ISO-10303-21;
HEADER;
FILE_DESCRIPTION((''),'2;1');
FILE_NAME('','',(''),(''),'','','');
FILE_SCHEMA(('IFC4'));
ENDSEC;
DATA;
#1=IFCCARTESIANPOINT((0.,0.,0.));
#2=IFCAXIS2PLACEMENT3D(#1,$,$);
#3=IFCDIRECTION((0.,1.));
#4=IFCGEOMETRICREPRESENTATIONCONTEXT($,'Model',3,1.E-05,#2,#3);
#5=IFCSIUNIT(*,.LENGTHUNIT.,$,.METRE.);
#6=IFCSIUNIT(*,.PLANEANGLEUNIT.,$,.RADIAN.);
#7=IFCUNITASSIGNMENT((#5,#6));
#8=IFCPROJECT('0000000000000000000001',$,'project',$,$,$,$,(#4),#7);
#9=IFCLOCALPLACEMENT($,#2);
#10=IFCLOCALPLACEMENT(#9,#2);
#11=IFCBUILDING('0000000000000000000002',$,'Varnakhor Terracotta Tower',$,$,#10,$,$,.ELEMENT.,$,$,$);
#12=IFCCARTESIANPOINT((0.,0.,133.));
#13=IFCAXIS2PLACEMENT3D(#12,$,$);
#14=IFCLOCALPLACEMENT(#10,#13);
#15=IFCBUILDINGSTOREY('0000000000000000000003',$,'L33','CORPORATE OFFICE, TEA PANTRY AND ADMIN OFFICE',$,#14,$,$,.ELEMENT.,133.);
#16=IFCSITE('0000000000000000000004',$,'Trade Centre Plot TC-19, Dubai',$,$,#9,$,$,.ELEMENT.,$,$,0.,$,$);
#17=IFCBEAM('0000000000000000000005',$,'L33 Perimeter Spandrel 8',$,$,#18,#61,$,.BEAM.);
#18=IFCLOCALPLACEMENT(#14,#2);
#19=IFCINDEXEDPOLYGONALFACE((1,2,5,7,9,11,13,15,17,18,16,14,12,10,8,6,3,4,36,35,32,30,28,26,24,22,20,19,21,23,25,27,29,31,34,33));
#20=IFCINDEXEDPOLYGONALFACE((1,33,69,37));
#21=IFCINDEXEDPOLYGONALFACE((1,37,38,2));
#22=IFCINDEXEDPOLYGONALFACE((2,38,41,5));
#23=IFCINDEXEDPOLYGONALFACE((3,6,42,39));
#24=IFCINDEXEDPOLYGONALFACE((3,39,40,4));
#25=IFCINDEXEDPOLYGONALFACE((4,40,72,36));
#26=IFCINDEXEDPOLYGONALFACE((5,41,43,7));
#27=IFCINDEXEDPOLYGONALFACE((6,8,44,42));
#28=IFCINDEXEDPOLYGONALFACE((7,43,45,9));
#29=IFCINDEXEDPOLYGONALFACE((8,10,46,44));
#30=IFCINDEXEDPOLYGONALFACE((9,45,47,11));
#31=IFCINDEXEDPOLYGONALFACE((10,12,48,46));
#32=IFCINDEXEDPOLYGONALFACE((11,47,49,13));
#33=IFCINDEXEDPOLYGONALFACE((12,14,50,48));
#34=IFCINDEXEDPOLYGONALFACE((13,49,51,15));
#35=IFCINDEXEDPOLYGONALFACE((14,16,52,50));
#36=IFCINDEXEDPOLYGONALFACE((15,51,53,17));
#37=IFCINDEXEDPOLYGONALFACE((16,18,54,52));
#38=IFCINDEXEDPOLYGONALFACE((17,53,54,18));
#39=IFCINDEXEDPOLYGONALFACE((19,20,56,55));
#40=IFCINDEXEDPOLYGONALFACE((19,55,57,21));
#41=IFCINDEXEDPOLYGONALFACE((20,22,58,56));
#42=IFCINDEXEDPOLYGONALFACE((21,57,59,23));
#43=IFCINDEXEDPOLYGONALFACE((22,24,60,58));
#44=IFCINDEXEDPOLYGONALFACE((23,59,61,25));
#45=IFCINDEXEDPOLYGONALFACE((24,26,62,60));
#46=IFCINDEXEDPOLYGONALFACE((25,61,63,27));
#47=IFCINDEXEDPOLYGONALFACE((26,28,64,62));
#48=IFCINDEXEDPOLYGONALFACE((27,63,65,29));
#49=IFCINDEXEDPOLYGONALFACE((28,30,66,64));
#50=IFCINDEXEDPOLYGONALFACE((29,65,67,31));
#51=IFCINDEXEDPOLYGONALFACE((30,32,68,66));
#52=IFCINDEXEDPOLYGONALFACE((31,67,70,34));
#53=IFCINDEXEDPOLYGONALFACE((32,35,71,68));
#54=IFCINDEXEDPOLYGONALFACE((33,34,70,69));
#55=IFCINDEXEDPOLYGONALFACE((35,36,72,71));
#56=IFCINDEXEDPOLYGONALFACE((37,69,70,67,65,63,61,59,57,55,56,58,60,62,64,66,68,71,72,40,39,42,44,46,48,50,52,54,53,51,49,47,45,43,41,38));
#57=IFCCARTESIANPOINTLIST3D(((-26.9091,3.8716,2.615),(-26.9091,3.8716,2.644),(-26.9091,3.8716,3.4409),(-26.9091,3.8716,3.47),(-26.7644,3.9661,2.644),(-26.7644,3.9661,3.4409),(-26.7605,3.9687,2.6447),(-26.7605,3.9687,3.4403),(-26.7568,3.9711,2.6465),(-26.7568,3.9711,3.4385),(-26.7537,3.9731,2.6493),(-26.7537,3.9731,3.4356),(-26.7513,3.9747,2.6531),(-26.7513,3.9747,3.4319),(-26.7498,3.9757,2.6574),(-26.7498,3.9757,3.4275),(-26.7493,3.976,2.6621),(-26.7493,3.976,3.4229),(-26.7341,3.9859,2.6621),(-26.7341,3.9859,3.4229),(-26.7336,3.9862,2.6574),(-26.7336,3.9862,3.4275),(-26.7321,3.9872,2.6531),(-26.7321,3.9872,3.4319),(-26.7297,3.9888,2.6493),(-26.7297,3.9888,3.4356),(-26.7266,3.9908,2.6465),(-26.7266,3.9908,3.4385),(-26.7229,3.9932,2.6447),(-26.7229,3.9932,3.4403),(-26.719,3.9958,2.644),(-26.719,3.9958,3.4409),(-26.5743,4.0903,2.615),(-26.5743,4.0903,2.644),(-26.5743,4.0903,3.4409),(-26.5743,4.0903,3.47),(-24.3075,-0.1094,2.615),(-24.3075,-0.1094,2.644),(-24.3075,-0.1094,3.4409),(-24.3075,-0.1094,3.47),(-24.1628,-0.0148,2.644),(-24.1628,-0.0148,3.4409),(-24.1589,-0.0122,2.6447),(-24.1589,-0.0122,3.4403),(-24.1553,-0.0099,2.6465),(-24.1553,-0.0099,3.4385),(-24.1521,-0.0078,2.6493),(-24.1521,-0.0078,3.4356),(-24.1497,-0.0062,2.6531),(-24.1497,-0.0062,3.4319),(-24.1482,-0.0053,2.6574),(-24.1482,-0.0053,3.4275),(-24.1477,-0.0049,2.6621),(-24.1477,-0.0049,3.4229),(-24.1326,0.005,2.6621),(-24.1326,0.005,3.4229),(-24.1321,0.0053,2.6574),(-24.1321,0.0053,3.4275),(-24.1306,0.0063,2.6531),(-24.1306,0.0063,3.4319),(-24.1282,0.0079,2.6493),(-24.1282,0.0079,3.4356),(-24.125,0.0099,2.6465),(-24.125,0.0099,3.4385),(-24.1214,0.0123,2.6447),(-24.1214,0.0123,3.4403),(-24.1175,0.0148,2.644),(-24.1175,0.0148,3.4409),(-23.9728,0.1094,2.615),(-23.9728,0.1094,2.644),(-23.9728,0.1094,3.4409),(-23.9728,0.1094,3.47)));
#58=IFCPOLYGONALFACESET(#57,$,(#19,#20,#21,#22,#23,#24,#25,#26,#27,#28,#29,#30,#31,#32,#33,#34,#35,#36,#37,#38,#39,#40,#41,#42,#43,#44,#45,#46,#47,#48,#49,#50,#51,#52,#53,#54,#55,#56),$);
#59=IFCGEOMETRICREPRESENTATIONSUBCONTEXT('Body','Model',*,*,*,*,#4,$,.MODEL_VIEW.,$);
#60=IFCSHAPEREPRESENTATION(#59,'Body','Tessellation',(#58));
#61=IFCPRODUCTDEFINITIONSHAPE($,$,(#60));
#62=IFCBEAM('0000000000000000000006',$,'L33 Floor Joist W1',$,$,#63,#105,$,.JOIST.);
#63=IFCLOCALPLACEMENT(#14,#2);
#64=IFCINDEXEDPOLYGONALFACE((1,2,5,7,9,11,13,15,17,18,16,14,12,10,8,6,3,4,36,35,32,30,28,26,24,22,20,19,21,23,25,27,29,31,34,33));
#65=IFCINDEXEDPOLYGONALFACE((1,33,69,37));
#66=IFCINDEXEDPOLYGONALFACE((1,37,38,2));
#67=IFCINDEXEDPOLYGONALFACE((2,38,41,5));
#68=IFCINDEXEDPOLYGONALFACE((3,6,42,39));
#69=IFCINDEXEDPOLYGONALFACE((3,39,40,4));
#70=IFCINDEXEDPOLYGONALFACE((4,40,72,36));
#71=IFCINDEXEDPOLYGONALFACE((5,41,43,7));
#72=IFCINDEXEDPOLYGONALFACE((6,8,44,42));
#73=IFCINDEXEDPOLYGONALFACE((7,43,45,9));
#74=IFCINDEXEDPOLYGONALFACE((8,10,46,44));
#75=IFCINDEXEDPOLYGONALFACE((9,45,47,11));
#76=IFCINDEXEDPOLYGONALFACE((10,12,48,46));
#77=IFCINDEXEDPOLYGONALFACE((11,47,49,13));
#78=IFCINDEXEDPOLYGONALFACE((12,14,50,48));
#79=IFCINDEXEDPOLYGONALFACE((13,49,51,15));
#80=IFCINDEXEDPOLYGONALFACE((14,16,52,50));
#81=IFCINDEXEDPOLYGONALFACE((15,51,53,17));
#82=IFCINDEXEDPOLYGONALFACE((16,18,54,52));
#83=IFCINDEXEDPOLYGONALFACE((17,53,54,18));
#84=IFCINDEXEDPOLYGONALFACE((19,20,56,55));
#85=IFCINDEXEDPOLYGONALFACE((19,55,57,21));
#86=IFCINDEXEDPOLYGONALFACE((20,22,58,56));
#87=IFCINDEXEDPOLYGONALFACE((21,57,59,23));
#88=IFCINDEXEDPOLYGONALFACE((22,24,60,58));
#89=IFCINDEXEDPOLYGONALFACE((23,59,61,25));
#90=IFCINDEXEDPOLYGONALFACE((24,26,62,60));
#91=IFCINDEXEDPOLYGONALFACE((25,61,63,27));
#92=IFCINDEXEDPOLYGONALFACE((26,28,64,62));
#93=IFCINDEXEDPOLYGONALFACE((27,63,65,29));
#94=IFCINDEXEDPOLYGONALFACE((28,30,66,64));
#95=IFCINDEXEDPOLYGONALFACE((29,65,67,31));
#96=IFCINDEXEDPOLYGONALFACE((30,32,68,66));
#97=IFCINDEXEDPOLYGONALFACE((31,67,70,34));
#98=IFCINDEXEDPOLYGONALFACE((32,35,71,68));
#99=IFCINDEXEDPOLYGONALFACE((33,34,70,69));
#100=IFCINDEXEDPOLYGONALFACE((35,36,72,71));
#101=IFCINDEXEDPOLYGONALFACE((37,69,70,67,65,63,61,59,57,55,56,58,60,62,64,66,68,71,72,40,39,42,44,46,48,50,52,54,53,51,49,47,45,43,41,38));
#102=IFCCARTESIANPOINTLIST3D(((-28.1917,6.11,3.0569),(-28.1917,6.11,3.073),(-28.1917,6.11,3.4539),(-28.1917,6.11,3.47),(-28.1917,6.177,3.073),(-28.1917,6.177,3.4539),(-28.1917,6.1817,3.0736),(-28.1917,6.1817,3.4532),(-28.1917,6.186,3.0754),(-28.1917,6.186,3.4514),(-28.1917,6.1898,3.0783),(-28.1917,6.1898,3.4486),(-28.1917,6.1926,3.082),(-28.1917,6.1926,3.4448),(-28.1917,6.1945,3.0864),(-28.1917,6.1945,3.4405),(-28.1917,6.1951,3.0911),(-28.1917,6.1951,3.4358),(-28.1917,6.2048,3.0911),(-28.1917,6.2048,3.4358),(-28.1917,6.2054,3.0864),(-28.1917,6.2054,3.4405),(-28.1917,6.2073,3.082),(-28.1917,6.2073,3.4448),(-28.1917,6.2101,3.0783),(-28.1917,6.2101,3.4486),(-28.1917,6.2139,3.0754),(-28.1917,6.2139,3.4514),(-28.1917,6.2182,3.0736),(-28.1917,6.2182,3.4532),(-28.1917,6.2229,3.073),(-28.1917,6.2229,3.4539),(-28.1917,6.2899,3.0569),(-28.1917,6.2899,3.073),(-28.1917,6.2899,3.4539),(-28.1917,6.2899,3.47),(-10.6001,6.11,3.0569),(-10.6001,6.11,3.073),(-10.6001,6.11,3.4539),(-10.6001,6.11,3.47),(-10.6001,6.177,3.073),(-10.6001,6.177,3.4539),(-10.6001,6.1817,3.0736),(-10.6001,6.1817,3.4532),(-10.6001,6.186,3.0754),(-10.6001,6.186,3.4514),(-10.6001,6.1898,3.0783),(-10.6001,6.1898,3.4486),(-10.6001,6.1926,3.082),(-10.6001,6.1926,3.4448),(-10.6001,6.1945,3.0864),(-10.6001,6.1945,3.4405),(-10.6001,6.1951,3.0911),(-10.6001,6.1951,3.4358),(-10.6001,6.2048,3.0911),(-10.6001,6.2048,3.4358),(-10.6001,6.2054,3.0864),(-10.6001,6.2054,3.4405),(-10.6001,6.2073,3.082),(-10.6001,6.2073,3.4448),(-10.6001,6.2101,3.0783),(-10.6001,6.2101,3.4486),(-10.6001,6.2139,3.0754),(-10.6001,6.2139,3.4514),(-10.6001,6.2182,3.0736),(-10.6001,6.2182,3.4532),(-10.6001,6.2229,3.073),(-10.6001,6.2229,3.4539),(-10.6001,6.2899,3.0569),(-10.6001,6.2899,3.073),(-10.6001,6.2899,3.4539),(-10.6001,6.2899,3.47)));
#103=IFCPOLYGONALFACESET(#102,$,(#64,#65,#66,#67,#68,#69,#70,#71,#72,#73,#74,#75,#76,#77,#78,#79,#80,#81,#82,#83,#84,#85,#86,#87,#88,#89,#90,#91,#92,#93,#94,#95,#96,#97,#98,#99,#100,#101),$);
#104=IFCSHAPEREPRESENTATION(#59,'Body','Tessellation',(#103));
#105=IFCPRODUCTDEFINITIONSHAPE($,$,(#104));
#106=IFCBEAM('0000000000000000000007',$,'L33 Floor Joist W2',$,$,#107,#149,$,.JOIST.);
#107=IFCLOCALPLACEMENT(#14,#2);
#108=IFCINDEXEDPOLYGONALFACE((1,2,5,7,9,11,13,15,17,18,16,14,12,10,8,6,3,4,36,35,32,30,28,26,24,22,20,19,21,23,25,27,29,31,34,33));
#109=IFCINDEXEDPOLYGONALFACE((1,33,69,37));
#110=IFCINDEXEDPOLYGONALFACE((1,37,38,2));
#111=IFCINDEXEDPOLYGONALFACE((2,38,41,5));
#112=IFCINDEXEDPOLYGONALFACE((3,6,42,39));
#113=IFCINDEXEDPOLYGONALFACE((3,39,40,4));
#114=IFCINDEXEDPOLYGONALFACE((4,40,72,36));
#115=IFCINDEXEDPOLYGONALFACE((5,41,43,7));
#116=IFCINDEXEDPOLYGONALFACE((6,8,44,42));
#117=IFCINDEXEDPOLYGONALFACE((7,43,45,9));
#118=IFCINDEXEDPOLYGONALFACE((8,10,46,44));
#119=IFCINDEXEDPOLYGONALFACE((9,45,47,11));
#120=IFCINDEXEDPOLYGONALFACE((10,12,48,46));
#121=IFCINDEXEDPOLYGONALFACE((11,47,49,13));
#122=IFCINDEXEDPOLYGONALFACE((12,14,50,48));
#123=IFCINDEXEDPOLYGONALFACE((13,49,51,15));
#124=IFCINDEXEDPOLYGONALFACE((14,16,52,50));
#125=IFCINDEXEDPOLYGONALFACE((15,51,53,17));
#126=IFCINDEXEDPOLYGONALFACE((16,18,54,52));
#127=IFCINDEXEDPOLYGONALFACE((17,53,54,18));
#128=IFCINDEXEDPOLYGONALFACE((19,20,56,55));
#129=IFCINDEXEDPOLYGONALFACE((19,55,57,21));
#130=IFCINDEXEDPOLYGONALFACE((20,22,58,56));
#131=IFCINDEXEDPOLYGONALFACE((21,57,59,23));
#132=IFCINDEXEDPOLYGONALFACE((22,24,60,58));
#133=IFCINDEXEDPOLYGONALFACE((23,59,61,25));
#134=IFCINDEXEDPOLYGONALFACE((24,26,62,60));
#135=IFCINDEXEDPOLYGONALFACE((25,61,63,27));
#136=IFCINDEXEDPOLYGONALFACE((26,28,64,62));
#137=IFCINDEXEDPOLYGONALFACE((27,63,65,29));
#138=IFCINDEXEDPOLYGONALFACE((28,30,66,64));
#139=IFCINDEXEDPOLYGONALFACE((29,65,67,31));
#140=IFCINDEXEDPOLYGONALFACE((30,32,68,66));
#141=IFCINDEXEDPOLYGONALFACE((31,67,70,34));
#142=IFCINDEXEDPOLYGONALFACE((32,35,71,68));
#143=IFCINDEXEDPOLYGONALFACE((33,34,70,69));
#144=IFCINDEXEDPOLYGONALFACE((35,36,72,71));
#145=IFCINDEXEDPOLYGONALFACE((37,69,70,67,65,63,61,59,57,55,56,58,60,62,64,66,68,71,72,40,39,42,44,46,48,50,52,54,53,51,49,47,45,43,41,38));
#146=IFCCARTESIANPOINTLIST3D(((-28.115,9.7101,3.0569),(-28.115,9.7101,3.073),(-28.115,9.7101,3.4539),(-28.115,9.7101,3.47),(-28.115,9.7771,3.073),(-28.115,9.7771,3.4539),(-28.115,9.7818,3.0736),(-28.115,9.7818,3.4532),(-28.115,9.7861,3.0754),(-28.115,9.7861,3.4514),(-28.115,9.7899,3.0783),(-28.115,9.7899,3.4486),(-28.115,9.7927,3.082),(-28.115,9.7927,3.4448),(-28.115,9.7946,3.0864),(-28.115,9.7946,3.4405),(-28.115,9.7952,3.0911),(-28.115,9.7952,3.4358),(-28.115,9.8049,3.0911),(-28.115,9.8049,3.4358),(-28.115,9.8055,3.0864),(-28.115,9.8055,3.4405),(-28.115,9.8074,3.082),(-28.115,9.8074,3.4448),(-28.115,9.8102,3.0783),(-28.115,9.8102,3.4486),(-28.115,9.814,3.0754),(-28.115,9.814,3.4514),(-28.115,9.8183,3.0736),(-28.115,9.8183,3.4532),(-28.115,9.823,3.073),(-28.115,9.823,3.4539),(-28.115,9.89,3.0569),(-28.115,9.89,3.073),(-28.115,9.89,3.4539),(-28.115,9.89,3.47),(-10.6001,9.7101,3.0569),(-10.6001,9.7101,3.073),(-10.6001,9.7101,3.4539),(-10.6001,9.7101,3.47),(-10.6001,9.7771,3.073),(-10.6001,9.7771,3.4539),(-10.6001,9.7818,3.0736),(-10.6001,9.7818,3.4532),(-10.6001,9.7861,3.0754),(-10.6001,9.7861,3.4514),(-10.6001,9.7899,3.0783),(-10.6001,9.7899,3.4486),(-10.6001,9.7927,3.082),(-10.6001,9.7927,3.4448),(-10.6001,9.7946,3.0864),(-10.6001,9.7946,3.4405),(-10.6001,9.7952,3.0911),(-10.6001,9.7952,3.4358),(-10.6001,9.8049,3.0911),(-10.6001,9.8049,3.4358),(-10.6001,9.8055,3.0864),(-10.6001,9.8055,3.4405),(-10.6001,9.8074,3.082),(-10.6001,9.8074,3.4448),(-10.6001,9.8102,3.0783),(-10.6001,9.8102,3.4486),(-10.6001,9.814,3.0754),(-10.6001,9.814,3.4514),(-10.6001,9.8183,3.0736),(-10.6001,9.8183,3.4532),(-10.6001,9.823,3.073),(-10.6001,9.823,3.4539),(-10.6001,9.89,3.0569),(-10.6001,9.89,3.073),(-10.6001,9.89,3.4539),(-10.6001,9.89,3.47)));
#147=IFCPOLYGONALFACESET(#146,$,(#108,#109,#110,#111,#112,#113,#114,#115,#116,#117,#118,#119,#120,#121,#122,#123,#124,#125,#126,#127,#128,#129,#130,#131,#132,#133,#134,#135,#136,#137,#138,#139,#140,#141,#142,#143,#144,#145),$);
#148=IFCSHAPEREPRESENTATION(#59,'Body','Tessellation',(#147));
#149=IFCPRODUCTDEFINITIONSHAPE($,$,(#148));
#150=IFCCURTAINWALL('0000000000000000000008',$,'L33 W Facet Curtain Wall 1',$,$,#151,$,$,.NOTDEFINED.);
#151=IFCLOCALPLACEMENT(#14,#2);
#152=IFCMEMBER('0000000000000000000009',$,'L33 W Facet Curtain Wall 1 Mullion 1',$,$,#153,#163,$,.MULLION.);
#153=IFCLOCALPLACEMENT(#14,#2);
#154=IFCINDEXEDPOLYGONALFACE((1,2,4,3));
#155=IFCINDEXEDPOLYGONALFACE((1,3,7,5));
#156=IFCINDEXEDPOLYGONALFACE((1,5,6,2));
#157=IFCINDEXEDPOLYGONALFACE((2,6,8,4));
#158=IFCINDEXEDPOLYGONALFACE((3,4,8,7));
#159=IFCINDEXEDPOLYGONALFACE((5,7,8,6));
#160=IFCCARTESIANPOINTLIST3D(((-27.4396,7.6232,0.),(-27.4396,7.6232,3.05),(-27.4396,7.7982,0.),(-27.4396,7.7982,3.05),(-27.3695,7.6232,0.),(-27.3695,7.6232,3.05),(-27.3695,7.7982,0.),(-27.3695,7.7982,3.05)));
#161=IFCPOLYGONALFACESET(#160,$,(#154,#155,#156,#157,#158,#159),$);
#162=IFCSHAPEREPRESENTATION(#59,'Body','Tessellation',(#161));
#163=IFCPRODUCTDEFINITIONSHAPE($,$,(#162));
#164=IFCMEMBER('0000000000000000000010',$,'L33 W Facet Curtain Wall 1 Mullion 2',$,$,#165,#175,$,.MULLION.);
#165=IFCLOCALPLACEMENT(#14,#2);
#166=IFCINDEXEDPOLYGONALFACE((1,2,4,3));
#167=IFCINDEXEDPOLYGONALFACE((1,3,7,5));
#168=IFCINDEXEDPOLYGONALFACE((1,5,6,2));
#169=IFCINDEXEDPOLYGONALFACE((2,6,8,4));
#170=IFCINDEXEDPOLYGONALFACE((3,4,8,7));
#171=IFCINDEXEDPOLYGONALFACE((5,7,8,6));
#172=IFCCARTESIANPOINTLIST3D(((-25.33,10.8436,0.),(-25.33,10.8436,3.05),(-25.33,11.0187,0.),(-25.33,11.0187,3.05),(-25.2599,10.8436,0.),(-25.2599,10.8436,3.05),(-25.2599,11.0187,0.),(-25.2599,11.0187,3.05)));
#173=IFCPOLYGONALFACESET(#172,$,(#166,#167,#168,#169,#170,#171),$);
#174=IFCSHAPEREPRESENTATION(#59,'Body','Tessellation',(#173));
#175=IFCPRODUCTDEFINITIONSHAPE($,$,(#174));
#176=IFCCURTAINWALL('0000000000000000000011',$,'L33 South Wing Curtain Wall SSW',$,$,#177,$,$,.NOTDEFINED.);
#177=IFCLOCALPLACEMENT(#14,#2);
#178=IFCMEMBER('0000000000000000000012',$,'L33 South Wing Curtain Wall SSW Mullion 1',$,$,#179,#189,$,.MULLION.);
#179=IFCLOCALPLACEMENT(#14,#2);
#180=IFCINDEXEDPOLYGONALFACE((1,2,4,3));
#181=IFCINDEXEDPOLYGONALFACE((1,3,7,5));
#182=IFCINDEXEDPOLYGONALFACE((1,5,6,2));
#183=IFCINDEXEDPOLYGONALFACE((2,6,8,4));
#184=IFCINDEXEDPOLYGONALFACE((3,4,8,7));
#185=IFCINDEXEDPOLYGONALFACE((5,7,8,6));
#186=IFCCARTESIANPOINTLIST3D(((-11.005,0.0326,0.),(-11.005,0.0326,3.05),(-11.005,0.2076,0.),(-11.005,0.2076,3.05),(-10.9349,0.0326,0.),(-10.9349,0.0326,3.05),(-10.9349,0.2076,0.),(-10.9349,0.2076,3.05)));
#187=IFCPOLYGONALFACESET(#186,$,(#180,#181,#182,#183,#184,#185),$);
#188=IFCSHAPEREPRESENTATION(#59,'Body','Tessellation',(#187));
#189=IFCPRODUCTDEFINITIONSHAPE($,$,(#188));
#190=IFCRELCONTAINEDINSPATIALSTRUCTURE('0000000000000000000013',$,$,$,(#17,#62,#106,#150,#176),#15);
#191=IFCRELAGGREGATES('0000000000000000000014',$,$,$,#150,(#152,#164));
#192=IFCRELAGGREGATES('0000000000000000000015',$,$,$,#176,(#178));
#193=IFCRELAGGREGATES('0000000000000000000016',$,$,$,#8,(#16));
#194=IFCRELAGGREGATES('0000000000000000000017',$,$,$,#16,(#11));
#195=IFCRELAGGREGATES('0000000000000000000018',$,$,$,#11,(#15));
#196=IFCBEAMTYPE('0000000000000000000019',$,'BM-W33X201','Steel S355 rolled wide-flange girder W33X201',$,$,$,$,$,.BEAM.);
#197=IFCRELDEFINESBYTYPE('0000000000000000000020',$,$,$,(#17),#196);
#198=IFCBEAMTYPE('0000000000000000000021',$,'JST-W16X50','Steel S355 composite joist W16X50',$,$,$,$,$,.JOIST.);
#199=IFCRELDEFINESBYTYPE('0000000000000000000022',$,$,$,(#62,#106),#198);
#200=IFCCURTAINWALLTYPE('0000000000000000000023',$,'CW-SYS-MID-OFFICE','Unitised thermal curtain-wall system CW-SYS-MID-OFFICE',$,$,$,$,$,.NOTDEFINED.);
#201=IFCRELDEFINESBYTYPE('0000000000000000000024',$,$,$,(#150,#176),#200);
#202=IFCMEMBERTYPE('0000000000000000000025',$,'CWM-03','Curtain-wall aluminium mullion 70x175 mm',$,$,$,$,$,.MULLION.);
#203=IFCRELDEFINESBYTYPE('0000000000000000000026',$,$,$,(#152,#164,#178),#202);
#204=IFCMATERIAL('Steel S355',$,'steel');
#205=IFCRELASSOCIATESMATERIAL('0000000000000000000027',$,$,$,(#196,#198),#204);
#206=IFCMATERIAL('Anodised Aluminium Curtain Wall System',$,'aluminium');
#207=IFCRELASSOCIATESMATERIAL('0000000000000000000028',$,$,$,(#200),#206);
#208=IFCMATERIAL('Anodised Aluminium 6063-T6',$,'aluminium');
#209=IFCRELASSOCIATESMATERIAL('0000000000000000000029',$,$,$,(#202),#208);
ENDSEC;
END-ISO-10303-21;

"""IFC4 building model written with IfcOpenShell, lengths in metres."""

from ifc_helpers import new_model, si_unit, direction, frame, origin, origin_2d, place, context, subcontext, project, spatial, rectangle, i_section, extrude, source, transform, mapped, material, material_profile, profile_set, type_object, element, aggregate, save


model = new_model("IFC4")

# Units and contexts
model_context = context("Model", 3, precision=1e-05, world=origin(), true_north=direction((0.0, 1.0)))
body_context = subcontext(model_context, "Body", "Model", "MODEL_VIEW")
ifc_project = project(units=[si_unit("LENGTHUNIT", "METRE"), si_unit("PLANEANGLEUNIT", "RADIAN")], contexts=[model_context])

# Site, building, storey
site_placement = place(None, origin())
site = spatial("IfcSite", under=ifc_project, at=site_placement, Name="Trade Centre Plot TC-19, Dubai", CompositionType="ELEMENT", RefElevation=0.0)
building_placement = place(site_placement, origin())
building = spatial("IfcBuilding", under=site, at=building_placement, Name="Varnakhor Terracotta Tower", CompositionType="ELEMENT")
storey_placement = place(building_placement, frame((0.0, 0.0, 133.0)))
storey = spatial("IfcBuildingStorey", under=building, at=storey_placement, Name="L33", Description="CORPORATE OFFICE, TEA PANTRY AND ADMIN OFFICE", CompositionType="ELEMENT", Elevation=133.0)

# Beams
ifc_material_1 = material(Name="Steel S355", Category="steel")
ifc_material_profile_1 = material_profile(ifc_material_1, i_section(OverallWidth=0.3999, OverallDepth=0.855, WebThickness=0.0181, FlangeThickness=0.0291, FilletRadius=0.0181, at=origin_2d()), Name="W33X201")
ifc_profile_set_1 = profile_set([ifc_material_profile_1], Name="Steel S355")
beam_type_1 = type_object("IfcBeamType", Name="BM-W33X201", Description="Steel S355 rolled wide-flange girder W33X201", PredefinedType="BEAM", material=ifc_profile_set_1)
shared_shape_1 = source(origin(), body_context, "Body", "SweptSolid", [
    extrude(i_section(OverallWidth=0.3999, OverallDepth=0.855, WebThickness=0.0181, FlangeThickness=0.0291, FilletRadius=0.0181, at=origin_2d()), origin(), (0.0, 0.0, 1.0), 4.7556),
])
for number, where, z_axis, x_axis, name in (
    (1, (-26.7417, 3.981, 3.0425), (0.547047, -0.837102, 0.0), (0.837102, 0.547047, 0.0), "L33 Perimeter Spandrel 8"),
):
    element("IfcBeam", number, at=place(storey_placement, frame(where, z_axis=z_axis, x_axis=x_axis)), inside=storey, type_object=beam_type_1, Name=name, PredefinedType="BEAM", context=body_context, shape_type="MappedRepresentation", body=[
        mapped(shared_shape_1, transform((0.0, 0.0, 0.0), scale=1.0)),
    ])
ifc_material_profile_2 = material_profile(ifc_material_1, i_section(OverallWidth=0.1799, OverallDepth=0.4131, WebThickness=0.0098, FlangeThickness=0.0161, FilletRadius=0.0181, at=origin_2d()), Name="W16X50")
ifc_profile_set_2 = profile_set([ifc_material_profile_2], Name="Steel S355")
beam_type_2 = type_object("IfcBeamType", Name="JST-W16X50", Description="Steel S355 composite joist W16X50", PredefinedType="JOIST", material=ifc_profile_set_2)
shared_shape_2 = source(origin(), body_context, "Body", "SweptSolid", [
    extrude(i_section(OverallWidth=0.1799, OverallDepth=0.4131, WebThickness=0.0098, FlangeThickness=0.0161, FilletRadius=0.0181, at=origin_2d()), origin(), (0.0, 0.0, 1.0), 17.5916),
])
beam_1_placement = place(storey_placement, frame((-28.1917, 6.2, 3.2634), z_axis=(1.0, 0.0, 0.0), x_axis=(0.0, 1.0, 0.0)))
element("IfcBeam", 2, at=beam_1_placement, inside=storey, type_object=beam_type_2, Name="L33 Floor Joist W1", PredefinedType="JOIST", context=body_context, shape_type="MappedRepresentation", body=[
    mapped(shared_shape_2, transform((0.0, 0.0, 0.0), scale=1.0)),
])
shared_shape_3 = source(origin(), body_context, "Body", "SweptSolid", [
    extrude(i_section(OverallWidth=0.1799, OverallDepth=0.4131, WebThickness=0.0098, FlangeThickness=0.0161, FilletRadius=0.0181, at=origin_2d()), origin(), (0.0, 0.0, 1.0), 17.5149),
])
beam_2_placement = place(storey_placement, frame((-28.115, 9.8, 3.2634), z_axis=(1.0, 0.0, 0.0), x_axis=(0.0, 1.0, 0.0)))
element("IfcBeam", 3, at=beam_2_placement, inside=storey, type_object=beam_type_2, Name="L33 Floor Joist W2", PredefinedType="JOIST", context=body_context, shape_type="MappedRepresentation", body=[
    mapped(shared_shape_3, transform((0.0, 0.0, 0.0), scale=1.0)),
])

# Curtain walls, members
ifc_material_2 = material(Name="Anodised Aluminium Curtain Wall System", Category="aluminium")
curtain_wall_type = type_object("IfcCurtainWallType", Name="CW-SYS-MID-OFFICE", Description="Unitised thermal curtain-wall system CW-SYS-MID-OFFICE", PredefinedType="NOTDEFINED", material=ifc_material_2)
curtain_wall_1_placement = place(storey_placement, origin())
curtain_wall_1 = element("IfcCurtainWall", 4, at=curtain_wall_1_placement, inside=storey, type_object=curtain_wall_type, Name="L33 W Facet Curtain Wall 1", PredefinedType="NOTDEFINED")
ifc_material_3 = material(Name="Anodised Aluminium 6063-T6", Category="aluminium")
ifc_material_profile_3 = material_profile(ifc_material_3, rectangle(XDim=0.0701, YDim=0.175, at=origin_2d()), Name="ALU MULLION 70x175")
ifc_profile_set_3 = profile_set([ifc_material_profile_3], Name="Anodised Aluminium 6063-T6")
member_type_1 = type_object("IfcMemberType", Name="CWM-03", Description="Curtain-wall aluminium mullion 70x175 mm", PredefinedType="MULLION", material=ifc_profile_set_3)
shared_shape_4 = source(origin(), body_context, "Body", "SweptSolid", [
    extrude(rectangle(XDim=0.0701, YDim=0.175, at=origin_2d()), origin(), (0.0, 0.0, 1.0), 3.05),
])
member_1_placement = place(storey_placement, frame((-27.4045, 7.7107, 0.0), z_axis=(0.0, 0.0, 1.0), x_axis=(1.0, 0.0, 0.0)))
member_1 = element("IfcMember", 5, at=member_1_placement, type_object=member_type_1, Name="L33 W Facet Curtain Wall 1 Mullion 1", PredefinedType="MULLION", context=body_context, shape_type="MappedRepresentation", body=[
    mapped(shared_shape_4, transform((0.0, 0.0, 0.0), scale=1.0)),
])
member_2_placement = place(storey_placement, frame((-25.2949, 10.9312, 0.0), z_axis=(0.0, 0.0, 1.0), x_axis=(1.0, 0.0, 0.0)))
member_2 = element("IfcMember", 6, at=member_2_placement, type_object=member_type_1, Name="L33 W Facet Curtain Wall 1 Mullion 2", PredefinedType="MULLION", context=body_context, shape_type="MappedRepresentation", body=[
    mapped(shared_shape_4, transform((0.0, 0.0, 0.0), scale=1.0)),
])
curtain_wall_2_placement = place(storey_placement, origin())
curtain_wall_2 = element("IfcCurtainWall", 7, at=curtain_wall_2_placement, inside=storey, type_object=curtain_wall_type, Name="L33 South Wing Curtain Wall SSW", PredefinedType="NOTDEFINED")
member_3_placement = place(storey_placement, frame((-10.97, 0.1201, 0.0), z_axis=(0.0, 0.0, 1.0), x_axis=(1.0, 0.0, 0.0)))
member_3 = element("IfcMember", 8, at=member_3_placement, type_object=member_type_1, Name="L33 South Wing Curtain Wall SSW Mullion 1", PredefinedType="MULLION", context=body_context, shape_type="MappedRepresentation", body=[
    mapped(shared_shape_4, transform((0.0, 0.0, 0.0), scale=1.0)),
])

aggregate(curtain_wall_1, [member_1, member_2])
aggregate(curtain_wall_2, [member_3])

save(model, "model.ifc")
